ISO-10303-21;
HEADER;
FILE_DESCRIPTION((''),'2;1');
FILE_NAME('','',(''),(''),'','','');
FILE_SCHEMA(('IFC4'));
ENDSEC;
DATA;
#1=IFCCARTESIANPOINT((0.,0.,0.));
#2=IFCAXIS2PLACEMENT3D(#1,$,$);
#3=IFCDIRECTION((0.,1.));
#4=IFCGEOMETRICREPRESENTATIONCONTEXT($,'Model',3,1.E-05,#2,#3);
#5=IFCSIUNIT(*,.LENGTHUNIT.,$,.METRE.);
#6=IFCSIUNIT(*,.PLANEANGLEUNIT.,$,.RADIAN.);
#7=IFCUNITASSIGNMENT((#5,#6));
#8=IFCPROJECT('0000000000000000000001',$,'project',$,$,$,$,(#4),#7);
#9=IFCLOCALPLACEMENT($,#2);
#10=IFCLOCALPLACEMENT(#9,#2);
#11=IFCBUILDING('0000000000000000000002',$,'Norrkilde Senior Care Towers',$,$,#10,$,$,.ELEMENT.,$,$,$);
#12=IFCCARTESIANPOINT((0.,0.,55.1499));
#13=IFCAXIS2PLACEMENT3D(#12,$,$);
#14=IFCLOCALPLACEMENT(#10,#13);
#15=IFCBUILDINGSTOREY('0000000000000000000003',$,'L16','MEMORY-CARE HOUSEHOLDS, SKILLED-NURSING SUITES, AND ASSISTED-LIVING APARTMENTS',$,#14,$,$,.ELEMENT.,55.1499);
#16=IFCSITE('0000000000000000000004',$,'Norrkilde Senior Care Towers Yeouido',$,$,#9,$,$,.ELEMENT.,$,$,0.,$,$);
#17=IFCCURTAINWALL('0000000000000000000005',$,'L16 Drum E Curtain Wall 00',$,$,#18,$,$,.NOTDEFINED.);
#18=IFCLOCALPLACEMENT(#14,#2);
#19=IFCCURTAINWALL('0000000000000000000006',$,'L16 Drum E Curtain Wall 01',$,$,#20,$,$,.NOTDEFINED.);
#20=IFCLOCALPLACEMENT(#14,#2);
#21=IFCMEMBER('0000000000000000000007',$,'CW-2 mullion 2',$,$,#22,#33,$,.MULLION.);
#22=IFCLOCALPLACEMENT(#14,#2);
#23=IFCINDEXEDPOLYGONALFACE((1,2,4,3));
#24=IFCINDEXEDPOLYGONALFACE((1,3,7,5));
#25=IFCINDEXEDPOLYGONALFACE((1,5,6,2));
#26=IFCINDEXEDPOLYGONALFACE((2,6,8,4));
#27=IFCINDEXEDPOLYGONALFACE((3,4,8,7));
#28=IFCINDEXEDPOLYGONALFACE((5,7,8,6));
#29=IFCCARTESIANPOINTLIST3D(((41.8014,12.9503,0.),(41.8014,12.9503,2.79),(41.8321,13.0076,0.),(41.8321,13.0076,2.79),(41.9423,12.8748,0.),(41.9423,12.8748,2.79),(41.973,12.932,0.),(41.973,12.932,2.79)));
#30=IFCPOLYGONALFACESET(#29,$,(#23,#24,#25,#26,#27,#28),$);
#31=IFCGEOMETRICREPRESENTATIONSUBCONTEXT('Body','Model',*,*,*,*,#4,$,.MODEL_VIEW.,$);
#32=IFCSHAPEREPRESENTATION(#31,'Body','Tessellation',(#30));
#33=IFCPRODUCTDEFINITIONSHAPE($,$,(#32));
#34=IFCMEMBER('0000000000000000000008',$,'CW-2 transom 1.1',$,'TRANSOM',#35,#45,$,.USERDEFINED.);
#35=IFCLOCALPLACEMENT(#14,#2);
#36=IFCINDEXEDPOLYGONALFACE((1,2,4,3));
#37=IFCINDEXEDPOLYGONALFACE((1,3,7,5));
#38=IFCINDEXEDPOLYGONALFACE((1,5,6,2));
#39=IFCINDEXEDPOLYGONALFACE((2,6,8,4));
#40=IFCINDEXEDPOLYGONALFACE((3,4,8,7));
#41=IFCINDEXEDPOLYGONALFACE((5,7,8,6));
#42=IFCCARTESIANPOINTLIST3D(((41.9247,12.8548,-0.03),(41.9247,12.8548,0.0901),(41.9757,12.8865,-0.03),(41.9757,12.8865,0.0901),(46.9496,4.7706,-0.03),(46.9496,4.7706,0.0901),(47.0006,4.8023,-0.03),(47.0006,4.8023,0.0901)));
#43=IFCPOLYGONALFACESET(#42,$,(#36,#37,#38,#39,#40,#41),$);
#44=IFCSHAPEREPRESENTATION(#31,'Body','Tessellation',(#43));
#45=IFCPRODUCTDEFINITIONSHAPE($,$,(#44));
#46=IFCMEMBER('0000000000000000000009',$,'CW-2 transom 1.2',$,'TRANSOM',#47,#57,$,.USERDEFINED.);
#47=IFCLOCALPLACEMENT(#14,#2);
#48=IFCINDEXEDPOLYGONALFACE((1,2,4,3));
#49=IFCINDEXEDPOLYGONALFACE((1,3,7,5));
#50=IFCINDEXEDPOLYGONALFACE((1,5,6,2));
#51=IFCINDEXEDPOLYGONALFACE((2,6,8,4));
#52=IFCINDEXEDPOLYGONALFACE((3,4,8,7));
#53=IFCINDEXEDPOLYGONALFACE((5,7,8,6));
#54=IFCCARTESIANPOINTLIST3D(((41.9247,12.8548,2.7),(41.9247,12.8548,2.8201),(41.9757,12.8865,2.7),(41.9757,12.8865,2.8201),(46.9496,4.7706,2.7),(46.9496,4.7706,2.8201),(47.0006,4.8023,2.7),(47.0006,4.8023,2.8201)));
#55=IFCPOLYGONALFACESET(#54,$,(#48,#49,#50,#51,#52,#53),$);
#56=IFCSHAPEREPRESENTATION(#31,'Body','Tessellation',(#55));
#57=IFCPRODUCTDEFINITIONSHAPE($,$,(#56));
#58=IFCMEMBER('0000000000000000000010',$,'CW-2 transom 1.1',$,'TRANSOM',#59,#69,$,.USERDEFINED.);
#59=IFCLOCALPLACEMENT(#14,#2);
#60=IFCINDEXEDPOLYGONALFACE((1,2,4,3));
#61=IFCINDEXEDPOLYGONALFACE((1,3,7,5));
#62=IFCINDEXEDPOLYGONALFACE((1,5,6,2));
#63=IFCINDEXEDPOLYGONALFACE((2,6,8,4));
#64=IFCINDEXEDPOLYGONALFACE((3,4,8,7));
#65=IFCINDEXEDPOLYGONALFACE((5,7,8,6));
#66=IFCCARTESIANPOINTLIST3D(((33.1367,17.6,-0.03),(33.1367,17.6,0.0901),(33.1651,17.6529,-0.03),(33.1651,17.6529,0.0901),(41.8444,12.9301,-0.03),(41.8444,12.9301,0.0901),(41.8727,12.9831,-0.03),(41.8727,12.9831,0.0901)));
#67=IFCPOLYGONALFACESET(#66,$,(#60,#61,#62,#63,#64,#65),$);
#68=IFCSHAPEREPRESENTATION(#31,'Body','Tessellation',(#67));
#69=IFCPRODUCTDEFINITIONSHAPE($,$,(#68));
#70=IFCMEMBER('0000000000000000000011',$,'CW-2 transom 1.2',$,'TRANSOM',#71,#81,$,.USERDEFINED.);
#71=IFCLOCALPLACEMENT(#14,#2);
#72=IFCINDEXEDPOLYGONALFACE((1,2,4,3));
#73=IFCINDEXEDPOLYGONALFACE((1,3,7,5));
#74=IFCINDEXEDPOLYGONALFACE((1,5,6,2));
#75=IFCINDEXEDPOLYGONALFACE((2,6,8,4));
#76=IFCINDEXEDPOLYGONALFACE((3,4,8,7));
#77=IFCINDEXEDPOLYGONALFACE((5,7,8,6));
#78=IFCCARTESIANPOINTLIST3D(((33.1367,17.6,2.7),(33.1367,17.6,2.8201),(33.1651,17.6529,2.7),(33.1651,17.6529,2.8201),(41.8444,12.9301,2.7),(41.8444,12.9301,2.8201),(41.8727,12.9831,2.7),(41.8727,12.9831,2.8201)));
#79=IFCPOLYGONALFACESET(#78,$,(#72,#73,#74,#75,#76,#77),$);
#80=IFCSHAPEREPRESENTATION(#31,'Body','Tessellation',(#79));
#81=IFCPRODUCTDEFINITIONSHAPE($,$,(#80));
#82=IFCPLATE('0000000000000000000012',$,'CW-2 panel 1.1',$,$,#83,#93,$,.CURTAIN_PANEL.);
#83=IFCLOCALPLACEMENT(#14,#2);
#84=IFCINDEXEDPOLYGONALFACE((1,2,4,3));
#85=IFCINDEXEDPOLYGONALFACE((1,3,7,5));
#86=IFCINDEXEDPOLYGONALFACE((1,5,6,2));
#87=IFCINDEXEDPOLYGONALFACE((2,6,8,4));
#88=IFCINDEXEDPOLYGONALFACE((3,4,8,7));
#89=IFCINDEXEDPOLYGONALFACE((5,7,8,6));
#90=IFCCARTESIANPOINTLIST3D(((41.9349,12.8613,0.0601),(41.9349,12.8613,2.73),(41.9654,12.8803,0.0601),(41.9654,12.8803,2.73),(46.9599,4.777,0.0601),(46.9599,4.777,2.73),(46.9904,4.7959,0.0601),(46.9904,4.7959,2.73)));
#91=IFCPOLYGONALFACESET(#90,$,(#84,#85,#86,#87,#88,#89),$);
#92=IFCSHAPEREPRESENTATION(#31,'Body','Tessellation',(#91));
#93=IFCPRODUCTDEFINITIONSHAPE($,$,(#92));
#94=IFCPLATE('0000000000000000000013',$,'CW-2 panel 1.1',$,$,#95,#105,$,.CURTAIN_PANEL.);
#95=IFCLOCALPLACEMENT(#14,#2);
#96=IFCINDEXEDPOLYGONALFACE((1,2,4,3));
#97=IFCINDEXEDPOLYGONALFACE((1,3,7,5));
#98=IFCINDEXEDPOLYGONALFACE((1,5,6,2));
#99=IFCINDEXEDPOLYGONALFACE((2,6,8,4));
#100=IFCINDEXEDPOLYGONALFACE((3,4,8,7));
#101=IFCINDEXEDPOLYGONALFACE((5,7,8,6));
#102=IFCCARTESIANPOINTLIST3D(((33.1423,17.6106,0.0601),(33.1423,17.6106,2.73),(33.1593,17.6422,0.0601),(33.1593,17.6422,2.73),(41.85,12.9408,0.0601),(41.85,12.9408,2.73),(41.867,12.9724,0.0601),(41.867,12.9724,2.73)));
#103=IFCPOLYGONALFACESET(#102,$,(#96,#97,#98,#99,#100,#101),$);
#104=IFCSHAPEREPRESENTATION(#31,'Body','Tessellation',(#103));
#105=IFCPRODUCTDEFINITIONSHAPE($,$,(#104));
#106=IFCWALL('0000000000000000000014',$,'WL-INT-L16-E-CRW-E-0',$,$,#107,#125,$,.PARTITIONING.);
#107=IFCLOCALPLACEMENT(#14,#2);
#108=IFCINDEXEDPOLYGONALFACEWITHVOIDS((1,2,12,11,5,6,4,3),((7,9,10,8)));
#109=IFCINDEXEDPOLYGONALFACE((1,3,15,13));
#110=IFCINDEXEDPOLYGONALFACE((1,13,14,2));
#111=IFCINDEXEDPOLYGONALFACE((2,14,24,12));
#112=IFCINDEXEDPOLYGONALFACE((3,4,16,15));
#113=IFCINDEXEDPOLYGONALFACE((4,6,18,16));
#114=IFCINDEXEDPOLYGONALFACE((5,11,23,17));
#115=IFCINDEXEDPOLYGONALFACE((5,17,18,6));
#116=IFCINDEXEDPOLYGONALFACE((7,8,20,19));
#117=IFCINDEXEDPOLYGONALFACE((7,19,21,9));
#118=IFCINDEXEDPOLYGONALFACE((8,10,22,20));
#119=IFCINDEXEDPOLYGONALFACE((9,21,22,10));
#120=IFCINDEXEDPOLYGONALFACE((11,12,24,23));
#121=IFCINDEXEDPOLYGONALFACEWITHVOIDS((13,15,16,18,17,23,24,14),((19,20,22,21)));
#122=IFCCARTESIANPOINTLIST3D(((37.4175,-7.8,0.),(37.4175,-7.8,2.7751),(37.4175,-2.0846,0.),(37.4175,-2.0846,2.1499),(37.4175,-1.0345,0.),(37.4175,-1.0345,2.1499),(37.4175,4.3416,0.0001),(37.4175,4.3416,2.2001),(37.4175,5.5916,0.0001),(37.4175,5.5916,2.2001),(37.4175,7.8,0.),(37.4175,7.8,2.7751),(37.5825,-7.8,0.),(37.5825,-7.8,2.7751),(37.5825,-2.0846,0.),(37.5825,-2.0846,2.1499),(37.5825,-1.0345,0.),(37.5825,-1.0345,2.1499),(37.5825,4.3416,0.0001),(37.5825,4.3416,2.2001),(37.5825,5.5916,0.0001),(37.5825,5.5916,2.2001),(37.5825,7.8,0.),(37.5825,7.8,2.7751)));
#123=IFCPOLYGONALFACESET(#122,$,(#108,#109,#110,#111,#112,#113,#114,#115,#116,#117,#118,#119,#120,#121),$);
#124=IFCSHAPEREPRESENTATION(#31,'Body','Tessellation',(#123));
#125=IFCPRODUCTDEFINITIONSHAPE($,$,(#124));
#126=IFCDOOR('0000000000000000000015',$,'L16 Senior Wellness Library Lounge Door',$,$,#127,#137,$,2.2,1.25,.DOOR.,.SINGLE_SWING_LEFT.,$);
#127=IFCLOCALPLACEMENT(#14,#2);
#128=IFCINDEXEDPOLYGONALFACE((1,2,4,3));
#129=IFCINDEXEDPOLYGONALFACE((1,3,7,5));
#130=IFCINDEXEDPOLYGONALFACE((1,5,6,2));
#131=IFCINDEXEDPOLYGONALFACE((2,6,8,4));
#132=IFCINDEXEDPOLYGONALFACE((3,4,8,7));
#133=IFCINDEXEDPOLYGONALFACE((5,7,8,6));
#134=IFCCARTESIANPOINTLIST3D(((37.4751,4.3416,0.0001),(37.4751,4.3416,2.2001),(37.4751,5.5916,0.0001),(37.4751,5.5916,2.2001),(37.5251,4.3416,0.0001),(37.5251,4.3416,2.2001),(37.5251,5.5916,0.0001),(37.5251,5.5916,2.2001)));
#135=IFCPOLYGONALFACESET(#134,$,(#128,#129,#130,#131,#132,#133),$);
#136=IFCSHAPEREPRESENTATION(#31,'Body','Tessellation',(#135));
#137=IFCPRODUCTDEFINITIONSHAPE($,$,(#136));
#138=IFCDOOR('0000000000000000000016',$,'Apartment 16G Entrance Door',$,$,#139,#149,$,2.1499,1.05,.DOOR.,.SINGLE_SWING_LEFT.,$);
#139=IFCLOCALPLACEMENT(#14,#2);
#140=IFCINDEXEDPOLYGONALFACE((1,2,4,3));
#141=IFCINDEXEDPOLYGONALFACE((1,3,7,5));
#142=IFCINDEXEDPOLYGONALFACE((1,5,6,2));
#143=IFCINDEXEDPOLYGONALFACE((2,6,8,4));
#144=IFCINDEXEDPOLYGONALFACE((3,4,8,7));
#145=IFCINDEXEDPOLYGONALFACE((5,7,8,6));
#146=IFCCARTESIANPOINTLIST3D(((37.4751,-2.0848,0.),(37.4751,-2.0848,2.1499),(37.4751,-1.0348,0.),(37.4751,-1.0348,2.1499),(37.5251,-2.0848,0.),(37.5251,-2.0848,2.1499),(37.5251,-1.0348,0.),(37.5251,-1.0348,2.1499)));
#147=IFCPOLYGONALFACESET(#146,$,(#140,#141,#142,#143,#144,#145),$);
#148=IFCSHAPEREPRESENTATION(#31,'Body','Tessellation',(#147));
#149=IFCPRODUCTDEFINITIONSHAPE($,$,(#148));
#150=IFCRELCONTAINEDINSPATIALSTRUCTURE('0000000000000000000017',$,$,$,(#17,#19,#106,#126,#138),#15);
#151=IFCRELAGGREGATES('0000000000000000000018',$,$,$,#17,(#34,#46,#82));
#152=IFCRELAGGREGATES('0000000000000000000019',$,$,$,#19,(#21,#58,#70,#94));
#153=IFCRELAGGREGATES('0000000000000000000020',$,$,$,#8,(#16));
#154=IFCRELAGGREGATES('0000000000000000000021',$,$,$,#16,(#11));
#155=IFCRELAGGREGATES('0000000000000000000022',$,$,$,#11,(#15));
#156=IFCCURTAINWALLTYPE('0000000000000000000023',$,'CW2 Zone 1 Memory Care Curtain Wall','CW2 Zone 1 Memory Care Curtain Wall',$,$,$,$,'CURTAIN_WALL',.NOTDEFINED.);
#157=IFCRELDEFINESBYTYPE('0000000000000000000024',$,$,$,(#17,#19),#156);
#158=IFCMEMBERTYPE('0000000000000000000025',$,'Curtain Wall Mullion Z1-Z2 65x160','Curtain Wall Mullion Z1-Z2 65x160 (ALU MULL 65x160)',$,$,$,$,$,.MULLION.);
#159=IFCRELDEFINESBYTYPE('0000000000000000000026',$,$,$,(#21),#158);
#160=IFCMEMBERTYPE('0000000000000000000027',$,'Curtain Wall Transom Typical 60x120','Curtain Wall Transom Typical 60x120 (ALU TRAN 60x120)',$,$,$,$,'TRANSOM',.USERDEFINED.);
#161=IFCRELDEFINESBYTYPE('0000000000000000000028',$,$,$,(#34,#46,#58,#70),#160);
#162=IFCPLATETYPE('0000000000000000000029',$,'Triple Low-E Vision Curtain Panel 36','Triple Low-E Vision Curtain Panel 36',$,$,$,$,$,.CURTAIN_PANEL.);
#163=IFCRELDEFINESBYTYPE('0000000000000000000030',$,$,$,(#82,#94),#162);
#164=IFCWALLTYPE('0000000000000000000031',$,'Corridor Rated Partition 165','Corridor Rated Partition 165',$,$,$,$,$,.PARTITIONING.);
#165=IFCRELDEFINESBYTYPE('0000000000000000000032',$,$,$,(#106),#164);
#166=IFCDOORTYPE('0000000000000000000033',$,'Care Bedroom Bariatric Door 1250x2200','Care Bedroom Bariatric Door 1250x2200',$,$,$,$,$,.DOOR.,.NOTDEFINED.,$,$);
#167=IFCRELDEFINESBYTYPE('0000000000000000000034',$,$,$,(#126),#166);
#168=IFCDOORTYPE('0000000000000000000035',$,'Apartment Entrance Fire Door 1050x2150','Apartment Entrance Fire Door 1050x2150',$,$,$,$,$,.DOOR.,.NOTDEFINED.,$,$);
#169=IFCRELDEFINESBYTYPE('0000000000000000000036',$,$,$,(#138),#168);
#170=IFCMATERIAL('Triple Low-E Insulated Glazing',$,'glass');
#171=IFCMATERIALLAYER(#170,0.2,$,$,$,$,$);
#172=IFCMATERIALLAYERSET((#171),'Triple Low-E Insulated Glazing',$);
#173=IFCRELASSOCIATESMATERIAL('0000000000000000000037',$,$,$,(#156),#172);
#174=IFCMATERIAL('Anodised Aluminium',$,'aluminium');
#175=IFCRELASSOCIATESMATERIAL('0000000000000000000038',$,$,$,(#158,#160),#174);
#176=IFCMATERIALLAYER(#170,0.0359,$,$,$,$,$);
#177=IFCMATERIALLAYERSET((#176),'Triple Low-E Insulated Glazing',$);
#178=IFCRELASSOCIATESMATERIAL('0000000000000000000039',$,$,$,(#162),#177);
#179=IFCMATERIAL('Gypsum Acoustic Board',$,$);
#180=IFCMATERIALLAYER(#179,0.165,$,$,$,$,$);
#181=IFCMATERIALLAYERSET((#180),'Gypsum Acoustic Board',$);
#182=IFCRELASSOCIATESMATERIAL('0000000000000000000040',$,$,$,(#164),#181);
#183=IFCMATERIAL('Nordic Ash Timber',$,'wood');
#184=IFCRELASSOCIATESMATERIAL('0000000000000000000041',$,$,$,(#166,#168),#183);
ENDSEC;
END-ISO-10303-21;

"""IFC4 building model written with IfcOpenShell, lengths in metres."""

from ifc_helpers import new_model, si_unit, direction, frame, frame_2d, origin, origin_2d, place, context, subcontext, project, spatial, rectangle, extrude, source, transform, mapped, material, layer, layer_set, material_profile, profile_set, type_object, type_shapes, element, fill, aggregate, save


model = new_model("IFC4")

# Units and contexts
model_context = context("Model", 3, precision=1e-05, world=origin(), true_north=direction((0.0, 1.0)))
body_context = subcontext(model_context, "Body", "Model", "MODEL_VIEW")
ifc_project = project(units=[si_unit("LENGTHUNIT", "METRE"), si_unit("PLANEANGLEUNIT", "RADIAN")], contexts=[model_context])

# Site, building, storey
site_placement = place(None, origin())
site = spatial("IfcSite", under=ifc_project, at=site_placement, Name="Norrkilde Senior Care Towers Yeouido", CompositionType="ELEMENT", RefElevation=0.0)
building_placement = place(site_placement, origin())
building = spatial("IfcBuilding", under=site, at=building_placement, Name="Norrkilde Senior Care Towers", CompositionType="ELEMENT")
storey_placement = place(building_placement, frame((0.0, 0.0, 55.1499)))
storey = spatial("IfcBuildingStorey", under=building, at=storey_placement, Name="L16", Description="MEMORY-CARE HOUSEHOLDS, SKILLED-NURSING SUITES, AND ASSISTED-LIVING APARTMENTS", CompositionType="ELEMENT", Elevation=55.1499)

# Curtain wall
ifc_material_1 = material(Name="Triple Low-E Insulated Glazing", Category="glass")
ifc_layer_1 = layer(ifc_material_1, 0.2)
ifc_layer_set_1 = layer_set([ifc_layer_1], Name="Triple Low-E Insulated Glazing")
curtain_wall_type = type_object("IfcCurtainWallType", Name="CW2 Zone 1 Memory Care Curtain Wall", Description="CW2 Zone 1 Memory Care Curtain Wall", ElementType="CURTAIN_WALL", PredefinedType="NOTDEFINED", material=ifc_layer_set_1)
curtain_wall_1_placement = place(storey_placement, origin())
curtain_wall_1 = element("IfcCurtainWall", 1, at=curtain_wall_1_placement, inside=storey, type_object=curtain_wall_type, Name="L16 Drum E Curtain Wall 00", PredefinedType="NOTDEFINED")
ifc_material_2 = material(Name="Anodised Aluminium", Category="aluminium")
ifc_material_profile_1 = material_profile(ifc_material_2, rectangle(XDim=0.0649, YDim=0.1599, at=origin_2d()), Name="ALU MULL 65x160")
ifc_profile_set_1 = profile_set([ifc_material_profile_1], Name="Anodised Aluminium")
member_type_1 = type_object("IfcMemberType", Name="Curtain Wall Mullion Z1-Z2 65x160", Description="Curtain Wall Mullion Z1-Z2 65x160 (ALU MULL 65x160)", PredefinedType="MULLION", material=ifc_profile_set_1)
shared_shape_1 = source(origin(), body_context, "Body", "SweptSolid", [
    extrude(rectangle(XDim=0.0649, YDim=0.1599, at=origin_2d()), origin(), (0.0, 0.0, 1.0), 2.79),
])
type_shapes(member_type_1, [shared_shape_1])

# Curtain wall, member
curtain_wall_2_placement = place(storey_placement, origin())
curtain_wall_2 = element("IfcCurtainWall", 2, at=curtain_wall_2_placement, inside=storey, type_object=curtain_wall_type, Name="L16 Drum E Curtain Wall 01", PredefinedType="NOTDEFINED")
member_1_placement = place(storey_placement, frame((41.8872, 12.9412, 0.0), z_axis=(0.0, 0.0, 1.0), x_axis=(0.472608, 0.881273, 0.0)))
member_1 = element("IfcMember", 3, at=member_1_placement, type_object=member_type_1, Name="CW-2 mullion 2", PredefinedType="MULLION", context=body_context, shape_type="MappedRepresentation", body=[
    mapped(shared_shape_1, transform((0.0, 0.0, 0.0), x_axis=(1.0, 0.0, 0.0), y_axis=(0.0, 1.0, 0.0), z_axis=(0.0, 0.0, 1.0), scale=1.0)),
])

# Members
ifc_material_profile_2 = material_profile(ifc_material_2, rectangle(XDim=0.0601, YDim=0.1201, at=origin_2d()), Name="ALU TRAN 60x120")
ifc_profile_set_2 = profile_set([ifc_material_profile_2], Name="Anodised Aluminium")
member_type_2 = type_object("IfcMemberType", Name="Curtain Wall Transom Typical 60x120", Description="Curtain Wall Transom Typical 60x120 (ALU TRAN 60x120)", ElementType="TRANSOM", PredefinedType="USERDEFINED", material=ifc_profile_set_2)
shared_shape_2 = source(origin(), body_context, "Body", "SweptSolid", [
    extrude(rectangle(XDim=0.0601, YDim=0.1201, at=origin_2d()), origin(), (0.0, 0.0, 1.0), 9.5186),
])
member_2_placement = place(storey_placement, frame((41.9502, 12.8706, 0.03), z_axis=(0.527902, -0.849306, 0.0), x_axis=(0.849306, 0.527902, 0.0)))
member_2 = element("IfcMember", 4, at=member_2_placement, type_object=member_type_2, Name="CW-2 transom 1.1", ObjectType="TRANSOM", PredefinedType="USERDEFINED", context=body_context, shape_type="MappedRepresentation", body=[
    mapped(shared_shape_2, transform((0.0, 0.0, 0.0), x_axis=(1.0, 0.0, 0.0), y_axis=(0.0, 1.0, 0.0), z_axis=(0.0, 0.0, 1.0), scale=1.0)),
])
member_3_placement = place(storey_placement, frame((41.9502, 12.8706, 2.76), z_axis=(0.527902, -0.849306, 0.0), x_axis=(0.849306, 0.527902, 0.0)))
member_3 = element("IfcMember", 5, at=member_3_placement, type_object=member_type_2, Name="CW-2 transom 1.2", ObjectType="TRANSOM", PredefinedType="USERDEFINED", context=body_context, shape_type="MappedRepresentation", body=[
    mapped(shared_shape_2, transform((0.0, 0.0, 0.0), x_axis=(1.0, 0.0, 0.0), y_axis=(0.0, 1.0, 0.0), z_axis=(0.0, 0.0, 1.0), scale=1.0)),
])
shared_shape_3 = source(origin(), body_context, "Body", "SweptSolid", [
    extrude(rectangle(XDim=0.0601, YDim=0.1201, at=origin_2d()), origin(), (0.0, 0.0, 1.0), 9.8809),
])
type_shapes(member_type_2, [shared_shape_2, shared_shape_3])
member_4_placement = place(storey_placement, frame((33.1509, 17.6265, 0.03), z_axis=(0.881267, -0.472618, 0.0), x_axis=(0.472618, 0.881267, 0.0)))
member_4 = element("IfcMember", 6, at=member_4_placement, type_object=member_type_2, Name="CW-2 transom 1.1", ObjectType="TRANSOM", PredefinedType="USERDEFINED", context=body_context, shape_type="MappedRepresentation", body=[
    mapped(shared_shape_3, transform((0.0, 0.0, 0.0), x_axis=(1.0, 0.0, 0.0), y_axis=(0.0, 1.0, 0.0), z_axis=(0.0, 0.0, 1.0), scale=1.0)),
])
member_5_placement = place(storey_placement, frame((33.1509, 17.6265, 2.76), z_axis=(0.881267, -0.472618, 0.0), x_axis=(0.472618, 0.881267, 0.0)))
member_5 = element("IfcMember", 7, at=member_5_placement, type_object=member_type_2, Name="CW-2 transom 1.2", ObjectType="TRANSOM", PredefinedType="USERDEFINED", context=body_context, shape_type="MappedRepresentation", body=[
    mapped(shared_shape_3, transform((0.0, 0.0, 0.0), x_axis=(1.0, 0.0, 0.0), y_axis=(0.0, 1.0, 0.0), z_axis=(0.0, 0.0, 1.0), scale=1.0)),
])

# Plates
ifc_layer_2 = layer(ifc_material_1, 0.0359)
ifc_layer_set_2 = layer_set([ifc_layer_2], Name="Triple Low-E Insulated Glazing")
plate_type = type_object("IfcPlateType", Name="Triple Low-E Vision Curtain Panel 36", Description="Triple Low-E Vision Curtain Panel 36", PredefinedType="CURTAIN_PANEL", material=ifc_layer_set_2)
shared_shape_4 = source(origin(), body_context, "Body", "SweptSolid", [
    extrude(rectangle(XDim=9.5188, YDim=0.0359, at=origin_2d()), origin(), (0.0, 0.0, 1.0), 2.6699),
])
plate_1_placement = place(storey_placement, frame((44.4626, 8.8286, 0.0601), z_axis=(0.0, 0.0, 1.0), x_axis=(0.527901, -0.849306, 0.0)))
plate_1 = element("IfcPlate", 8, at=plate_1_placement, type_object=plate_type, Name="CW-2 panel 1.1", PredefinedType="CURTAIN_PANEL", context=body_context, shape_type="MappedRepresentation", body=[
    mapped(shared_shape_4, transform((0.0, 0.0, 0.0), x_axis=(1.0, 0.0, 0.0), y_axis=(0.0, 1.0, 0.0), z_axis=(0.0, 0.0, 1.0), scale=1.0)),
])
aggregate(curtain_wall_1, [member_2, member_3, plate_1])
shared_shape_5 = source(origin(), body_context, "Body", "SweptSolid", [
    extrude(rectangle(XDim=9.8809, YDim=0.0359, at=origin_2d()), origin(), (0.0, 0.0, 1.0), 2.6699),
])
type_shapes(plate_type, [shared_shape_4, shared_shape_5])
plate_2_placement = place(storey_placement, frame((37.5046, 15.2915, 0.0601), z_axis=(0.0, 0.0, 1.0), x_axis=(0.881273, -0.472608, 0.0)))
plate_2 = element("IfcPlate", 9, at=plate_2_placement, type_object=plate_type, Name="CW-2 panel 1.1", PredefinedType="CURTAIN_PANEL", context=body_context, shape_type="MappedRepresentation", body=[
    mapped(shared_shape_5, transform((0.0, 0.0, 0.0), x_axis=(1.0, 0.0, 0.0), y_axis=(0.0, 1.0, 0.0), z_axis=(0.0, 0.0, 1.0), scale=1.0)),
])
aggregate(curtain_wall_2, [member_1, member_4, member_5, plate_2])

# Wall, openings, doors
ifc_material_3 = material(Name="Gypsum Acoustic Board")
ifc_layer_3 = layer(ifc_material_3, 0.165)
ifc_layer_set_3 = layer_set([ifc_layer_3], Name="Gypsum Acoustic Board")
wall_type_1 = type_object("IfcWallType", Name="Corridor Rated Partition 165", Description="Corridor Rated Partition 165", PredefinedType="PARTITIONING", material=ifc_layer_set_3)
shared_shape_6 = source(origin(), body_context, "Body", "SweptSolid", [
    extrude(rectangle(XDim=15.6001, YDim=0.165, at=frame_2d((7.8, 0.0))), origin(), (0.0, 0.0, 1.0), 2.7751),
])
type_shapes(wall_type_1, [shared_shape_6])
wall_1_placement = place(storey_placement, frame((37.5, 7.8, 0.0), z_axis=(0.0, 0.0, 1.0), x_axis=(0.0, -1.0, 0.0)))
wall_1 = element("IfcWall", 10, at=wall_1_placement, inside=storey, type_object=wall_type_1, Name="WL-INT-L16-E-CRW-E-0", PredefinedType="PARTITIONING", context=body_context, shape_type="MappedRepresentation", body=[
    mapped(shared_shape_6, transform((0.0, 0.0, 0.0), x_axis=(1.0, 0.0, 0.0), y_axis=(0.0, 1.0, 0.0), z_axis=(0.0, 0.0, 1.0), scale=1.0)),
])
opening_1_placement = place(wall_1_placement, frame((8.8347, 0.0, 0.0)))
opening_1 = element("IfcOpeningElement", 11, at=opening_1_placement, cuts=wall_1, PredefinedType="OPENING", context=body_context, shape_type="SweptSolid", body=[
    extrude(rectangle(XDim=1.05, YDim=2.1499, at=frame_2d((0.5249, 1.075))), frame((0.0, 0.0925, 0.0), z_axis=(0.0, -1.0, 0.0), x_axis=(1.0, 0.0, 0.0)), (0.0, 0.0, 1.0), 0.1851),
])
opening_2_placement = place(wall_1_placement, frame((2.2085, 0.0, 0.0)))
opening_2 = element("IfcOpeningElement", 12, at=opening_2_placement, cuts=wall_1, PredefinedType="OPENING", context=body_context, shape_type="SweptSolid", body=[
    extrude(rectangle(XDim=1.25, YDim=2.2, at=frame_2d((0.625, 1.1001))), frame((0.0, 0.0925, 0.0), z_axis=(0.0, -1.0, 0.0), x_axis=(1.0, 0.0, 0.0)), (0.0, 0.0, 1.0), 0.1851),
])
ifc_material_4 = material(Name="Nordic Ash Timber", Category="wood")
door_type_1 = type_object("IfcDoorType", Name="Care Bedroom Bariatric Door 1250x2200", Description="Care Bedroom Bariatric Door 1250x2200", OperationType="NOTDEFINED", PredefinedType="DOOR", material=ifc_material_4)
shared_shape_7 = source(origin(), body_context, "Body", "SweptSolid", [
    extrude(rectangle(XDim=1.25, YDim=2.2, at=frame_2d((0.625, 1.1001))), frame((0.0, 0.0249, 0.0), z_axis=(0.0, -1.0, 0.0), x_axis=(1.0, 0.0, 0.0)), (0.0, 0.0, 1.0), 0.05),
])
type_shapes(door_type_1, [shared_shape_7])
door_1_placement = place(opening_2_placement, frame((1.25, 0.0, 0.0), z_axis=(0.0, 0.0, 1.0), x_axis=(-1.0, 0.0, 0.0)))
door_1 = element("IfcDoor", 13, at=door_1_placement, inside=storey, type_object=door_type_1, Name="L16 Senior Wellness Library Lounge Door", OperationType="SINGLE_SWING_LEFT", OverallHeight=2.2, OverallWidth=1.25, PredefinedType="DOOR", context=body_context, shape_type="MappedRepresentation", body=[
    mapped(shared_shape_7, transform((0.0, 0.0, 0.0), x_axis=(1.0, 0.0, 0.0), y_axis=(0.0, 1.0, 0.0), z_axis=(0.0, 0.0, 1.0), scale=1.0)),
])
fill(opening_2, door_1)
door_type_2 = type_object("IfcDoorType", Name="Apartment Entrance Fire Door 1050x2150", Description="Apartment Entrance Fire Door 1050x2150", OperationType="NOTDEFINED", PredefinedType="DOOR", material=ifc_material_4)
shared_shape_8 = source(origin(), body_context, "Body", "SweptSolid", [
    extrude(rectangle(XDim=1.05, YDim=2.1499, at=frame_2d((0.5249, 1.075))), frame((0.0, 0.0249, 0.0), z_axis=(0.0, -1.0, 0.0), x_axis=(1.0, 0.0, 0.0)), (0.0, 0.0, 1.0), 0.05),
])
type_shapes(door_type_2, [shared_shape_8])
door_2_placement = place(opening_1_placement, frame((1.05, 0.0, 0.0), z_axis=(0.0, 0.0, 1.0), x_axis=(-1.0, 0.0, 0.0)))
door_2 = element("IfcDoor", 14, at=door_2_placement, inside=storey, type_object=door_type_2, Name="Apartment 16G Entrance Door", OperationType="SINGLE_SWING_LEFT", OverallHeight=2.1499, OverallWidth=1.05, PredefinedType="DOOR", context=body_context, shape_type="MappedRepresentation", body=[
    mapped(shared_shape_8, transform((0.0, 0.0, 0.0), x_axis=(1.0, 0.0, 0.0), y_axis=(0.0, 1.0, 0.0), z_axis=(0.0, 0.0, 1.0), scale=1.0)),
])
fill(opening_1, door_2)

save(model, "model.ifc")
